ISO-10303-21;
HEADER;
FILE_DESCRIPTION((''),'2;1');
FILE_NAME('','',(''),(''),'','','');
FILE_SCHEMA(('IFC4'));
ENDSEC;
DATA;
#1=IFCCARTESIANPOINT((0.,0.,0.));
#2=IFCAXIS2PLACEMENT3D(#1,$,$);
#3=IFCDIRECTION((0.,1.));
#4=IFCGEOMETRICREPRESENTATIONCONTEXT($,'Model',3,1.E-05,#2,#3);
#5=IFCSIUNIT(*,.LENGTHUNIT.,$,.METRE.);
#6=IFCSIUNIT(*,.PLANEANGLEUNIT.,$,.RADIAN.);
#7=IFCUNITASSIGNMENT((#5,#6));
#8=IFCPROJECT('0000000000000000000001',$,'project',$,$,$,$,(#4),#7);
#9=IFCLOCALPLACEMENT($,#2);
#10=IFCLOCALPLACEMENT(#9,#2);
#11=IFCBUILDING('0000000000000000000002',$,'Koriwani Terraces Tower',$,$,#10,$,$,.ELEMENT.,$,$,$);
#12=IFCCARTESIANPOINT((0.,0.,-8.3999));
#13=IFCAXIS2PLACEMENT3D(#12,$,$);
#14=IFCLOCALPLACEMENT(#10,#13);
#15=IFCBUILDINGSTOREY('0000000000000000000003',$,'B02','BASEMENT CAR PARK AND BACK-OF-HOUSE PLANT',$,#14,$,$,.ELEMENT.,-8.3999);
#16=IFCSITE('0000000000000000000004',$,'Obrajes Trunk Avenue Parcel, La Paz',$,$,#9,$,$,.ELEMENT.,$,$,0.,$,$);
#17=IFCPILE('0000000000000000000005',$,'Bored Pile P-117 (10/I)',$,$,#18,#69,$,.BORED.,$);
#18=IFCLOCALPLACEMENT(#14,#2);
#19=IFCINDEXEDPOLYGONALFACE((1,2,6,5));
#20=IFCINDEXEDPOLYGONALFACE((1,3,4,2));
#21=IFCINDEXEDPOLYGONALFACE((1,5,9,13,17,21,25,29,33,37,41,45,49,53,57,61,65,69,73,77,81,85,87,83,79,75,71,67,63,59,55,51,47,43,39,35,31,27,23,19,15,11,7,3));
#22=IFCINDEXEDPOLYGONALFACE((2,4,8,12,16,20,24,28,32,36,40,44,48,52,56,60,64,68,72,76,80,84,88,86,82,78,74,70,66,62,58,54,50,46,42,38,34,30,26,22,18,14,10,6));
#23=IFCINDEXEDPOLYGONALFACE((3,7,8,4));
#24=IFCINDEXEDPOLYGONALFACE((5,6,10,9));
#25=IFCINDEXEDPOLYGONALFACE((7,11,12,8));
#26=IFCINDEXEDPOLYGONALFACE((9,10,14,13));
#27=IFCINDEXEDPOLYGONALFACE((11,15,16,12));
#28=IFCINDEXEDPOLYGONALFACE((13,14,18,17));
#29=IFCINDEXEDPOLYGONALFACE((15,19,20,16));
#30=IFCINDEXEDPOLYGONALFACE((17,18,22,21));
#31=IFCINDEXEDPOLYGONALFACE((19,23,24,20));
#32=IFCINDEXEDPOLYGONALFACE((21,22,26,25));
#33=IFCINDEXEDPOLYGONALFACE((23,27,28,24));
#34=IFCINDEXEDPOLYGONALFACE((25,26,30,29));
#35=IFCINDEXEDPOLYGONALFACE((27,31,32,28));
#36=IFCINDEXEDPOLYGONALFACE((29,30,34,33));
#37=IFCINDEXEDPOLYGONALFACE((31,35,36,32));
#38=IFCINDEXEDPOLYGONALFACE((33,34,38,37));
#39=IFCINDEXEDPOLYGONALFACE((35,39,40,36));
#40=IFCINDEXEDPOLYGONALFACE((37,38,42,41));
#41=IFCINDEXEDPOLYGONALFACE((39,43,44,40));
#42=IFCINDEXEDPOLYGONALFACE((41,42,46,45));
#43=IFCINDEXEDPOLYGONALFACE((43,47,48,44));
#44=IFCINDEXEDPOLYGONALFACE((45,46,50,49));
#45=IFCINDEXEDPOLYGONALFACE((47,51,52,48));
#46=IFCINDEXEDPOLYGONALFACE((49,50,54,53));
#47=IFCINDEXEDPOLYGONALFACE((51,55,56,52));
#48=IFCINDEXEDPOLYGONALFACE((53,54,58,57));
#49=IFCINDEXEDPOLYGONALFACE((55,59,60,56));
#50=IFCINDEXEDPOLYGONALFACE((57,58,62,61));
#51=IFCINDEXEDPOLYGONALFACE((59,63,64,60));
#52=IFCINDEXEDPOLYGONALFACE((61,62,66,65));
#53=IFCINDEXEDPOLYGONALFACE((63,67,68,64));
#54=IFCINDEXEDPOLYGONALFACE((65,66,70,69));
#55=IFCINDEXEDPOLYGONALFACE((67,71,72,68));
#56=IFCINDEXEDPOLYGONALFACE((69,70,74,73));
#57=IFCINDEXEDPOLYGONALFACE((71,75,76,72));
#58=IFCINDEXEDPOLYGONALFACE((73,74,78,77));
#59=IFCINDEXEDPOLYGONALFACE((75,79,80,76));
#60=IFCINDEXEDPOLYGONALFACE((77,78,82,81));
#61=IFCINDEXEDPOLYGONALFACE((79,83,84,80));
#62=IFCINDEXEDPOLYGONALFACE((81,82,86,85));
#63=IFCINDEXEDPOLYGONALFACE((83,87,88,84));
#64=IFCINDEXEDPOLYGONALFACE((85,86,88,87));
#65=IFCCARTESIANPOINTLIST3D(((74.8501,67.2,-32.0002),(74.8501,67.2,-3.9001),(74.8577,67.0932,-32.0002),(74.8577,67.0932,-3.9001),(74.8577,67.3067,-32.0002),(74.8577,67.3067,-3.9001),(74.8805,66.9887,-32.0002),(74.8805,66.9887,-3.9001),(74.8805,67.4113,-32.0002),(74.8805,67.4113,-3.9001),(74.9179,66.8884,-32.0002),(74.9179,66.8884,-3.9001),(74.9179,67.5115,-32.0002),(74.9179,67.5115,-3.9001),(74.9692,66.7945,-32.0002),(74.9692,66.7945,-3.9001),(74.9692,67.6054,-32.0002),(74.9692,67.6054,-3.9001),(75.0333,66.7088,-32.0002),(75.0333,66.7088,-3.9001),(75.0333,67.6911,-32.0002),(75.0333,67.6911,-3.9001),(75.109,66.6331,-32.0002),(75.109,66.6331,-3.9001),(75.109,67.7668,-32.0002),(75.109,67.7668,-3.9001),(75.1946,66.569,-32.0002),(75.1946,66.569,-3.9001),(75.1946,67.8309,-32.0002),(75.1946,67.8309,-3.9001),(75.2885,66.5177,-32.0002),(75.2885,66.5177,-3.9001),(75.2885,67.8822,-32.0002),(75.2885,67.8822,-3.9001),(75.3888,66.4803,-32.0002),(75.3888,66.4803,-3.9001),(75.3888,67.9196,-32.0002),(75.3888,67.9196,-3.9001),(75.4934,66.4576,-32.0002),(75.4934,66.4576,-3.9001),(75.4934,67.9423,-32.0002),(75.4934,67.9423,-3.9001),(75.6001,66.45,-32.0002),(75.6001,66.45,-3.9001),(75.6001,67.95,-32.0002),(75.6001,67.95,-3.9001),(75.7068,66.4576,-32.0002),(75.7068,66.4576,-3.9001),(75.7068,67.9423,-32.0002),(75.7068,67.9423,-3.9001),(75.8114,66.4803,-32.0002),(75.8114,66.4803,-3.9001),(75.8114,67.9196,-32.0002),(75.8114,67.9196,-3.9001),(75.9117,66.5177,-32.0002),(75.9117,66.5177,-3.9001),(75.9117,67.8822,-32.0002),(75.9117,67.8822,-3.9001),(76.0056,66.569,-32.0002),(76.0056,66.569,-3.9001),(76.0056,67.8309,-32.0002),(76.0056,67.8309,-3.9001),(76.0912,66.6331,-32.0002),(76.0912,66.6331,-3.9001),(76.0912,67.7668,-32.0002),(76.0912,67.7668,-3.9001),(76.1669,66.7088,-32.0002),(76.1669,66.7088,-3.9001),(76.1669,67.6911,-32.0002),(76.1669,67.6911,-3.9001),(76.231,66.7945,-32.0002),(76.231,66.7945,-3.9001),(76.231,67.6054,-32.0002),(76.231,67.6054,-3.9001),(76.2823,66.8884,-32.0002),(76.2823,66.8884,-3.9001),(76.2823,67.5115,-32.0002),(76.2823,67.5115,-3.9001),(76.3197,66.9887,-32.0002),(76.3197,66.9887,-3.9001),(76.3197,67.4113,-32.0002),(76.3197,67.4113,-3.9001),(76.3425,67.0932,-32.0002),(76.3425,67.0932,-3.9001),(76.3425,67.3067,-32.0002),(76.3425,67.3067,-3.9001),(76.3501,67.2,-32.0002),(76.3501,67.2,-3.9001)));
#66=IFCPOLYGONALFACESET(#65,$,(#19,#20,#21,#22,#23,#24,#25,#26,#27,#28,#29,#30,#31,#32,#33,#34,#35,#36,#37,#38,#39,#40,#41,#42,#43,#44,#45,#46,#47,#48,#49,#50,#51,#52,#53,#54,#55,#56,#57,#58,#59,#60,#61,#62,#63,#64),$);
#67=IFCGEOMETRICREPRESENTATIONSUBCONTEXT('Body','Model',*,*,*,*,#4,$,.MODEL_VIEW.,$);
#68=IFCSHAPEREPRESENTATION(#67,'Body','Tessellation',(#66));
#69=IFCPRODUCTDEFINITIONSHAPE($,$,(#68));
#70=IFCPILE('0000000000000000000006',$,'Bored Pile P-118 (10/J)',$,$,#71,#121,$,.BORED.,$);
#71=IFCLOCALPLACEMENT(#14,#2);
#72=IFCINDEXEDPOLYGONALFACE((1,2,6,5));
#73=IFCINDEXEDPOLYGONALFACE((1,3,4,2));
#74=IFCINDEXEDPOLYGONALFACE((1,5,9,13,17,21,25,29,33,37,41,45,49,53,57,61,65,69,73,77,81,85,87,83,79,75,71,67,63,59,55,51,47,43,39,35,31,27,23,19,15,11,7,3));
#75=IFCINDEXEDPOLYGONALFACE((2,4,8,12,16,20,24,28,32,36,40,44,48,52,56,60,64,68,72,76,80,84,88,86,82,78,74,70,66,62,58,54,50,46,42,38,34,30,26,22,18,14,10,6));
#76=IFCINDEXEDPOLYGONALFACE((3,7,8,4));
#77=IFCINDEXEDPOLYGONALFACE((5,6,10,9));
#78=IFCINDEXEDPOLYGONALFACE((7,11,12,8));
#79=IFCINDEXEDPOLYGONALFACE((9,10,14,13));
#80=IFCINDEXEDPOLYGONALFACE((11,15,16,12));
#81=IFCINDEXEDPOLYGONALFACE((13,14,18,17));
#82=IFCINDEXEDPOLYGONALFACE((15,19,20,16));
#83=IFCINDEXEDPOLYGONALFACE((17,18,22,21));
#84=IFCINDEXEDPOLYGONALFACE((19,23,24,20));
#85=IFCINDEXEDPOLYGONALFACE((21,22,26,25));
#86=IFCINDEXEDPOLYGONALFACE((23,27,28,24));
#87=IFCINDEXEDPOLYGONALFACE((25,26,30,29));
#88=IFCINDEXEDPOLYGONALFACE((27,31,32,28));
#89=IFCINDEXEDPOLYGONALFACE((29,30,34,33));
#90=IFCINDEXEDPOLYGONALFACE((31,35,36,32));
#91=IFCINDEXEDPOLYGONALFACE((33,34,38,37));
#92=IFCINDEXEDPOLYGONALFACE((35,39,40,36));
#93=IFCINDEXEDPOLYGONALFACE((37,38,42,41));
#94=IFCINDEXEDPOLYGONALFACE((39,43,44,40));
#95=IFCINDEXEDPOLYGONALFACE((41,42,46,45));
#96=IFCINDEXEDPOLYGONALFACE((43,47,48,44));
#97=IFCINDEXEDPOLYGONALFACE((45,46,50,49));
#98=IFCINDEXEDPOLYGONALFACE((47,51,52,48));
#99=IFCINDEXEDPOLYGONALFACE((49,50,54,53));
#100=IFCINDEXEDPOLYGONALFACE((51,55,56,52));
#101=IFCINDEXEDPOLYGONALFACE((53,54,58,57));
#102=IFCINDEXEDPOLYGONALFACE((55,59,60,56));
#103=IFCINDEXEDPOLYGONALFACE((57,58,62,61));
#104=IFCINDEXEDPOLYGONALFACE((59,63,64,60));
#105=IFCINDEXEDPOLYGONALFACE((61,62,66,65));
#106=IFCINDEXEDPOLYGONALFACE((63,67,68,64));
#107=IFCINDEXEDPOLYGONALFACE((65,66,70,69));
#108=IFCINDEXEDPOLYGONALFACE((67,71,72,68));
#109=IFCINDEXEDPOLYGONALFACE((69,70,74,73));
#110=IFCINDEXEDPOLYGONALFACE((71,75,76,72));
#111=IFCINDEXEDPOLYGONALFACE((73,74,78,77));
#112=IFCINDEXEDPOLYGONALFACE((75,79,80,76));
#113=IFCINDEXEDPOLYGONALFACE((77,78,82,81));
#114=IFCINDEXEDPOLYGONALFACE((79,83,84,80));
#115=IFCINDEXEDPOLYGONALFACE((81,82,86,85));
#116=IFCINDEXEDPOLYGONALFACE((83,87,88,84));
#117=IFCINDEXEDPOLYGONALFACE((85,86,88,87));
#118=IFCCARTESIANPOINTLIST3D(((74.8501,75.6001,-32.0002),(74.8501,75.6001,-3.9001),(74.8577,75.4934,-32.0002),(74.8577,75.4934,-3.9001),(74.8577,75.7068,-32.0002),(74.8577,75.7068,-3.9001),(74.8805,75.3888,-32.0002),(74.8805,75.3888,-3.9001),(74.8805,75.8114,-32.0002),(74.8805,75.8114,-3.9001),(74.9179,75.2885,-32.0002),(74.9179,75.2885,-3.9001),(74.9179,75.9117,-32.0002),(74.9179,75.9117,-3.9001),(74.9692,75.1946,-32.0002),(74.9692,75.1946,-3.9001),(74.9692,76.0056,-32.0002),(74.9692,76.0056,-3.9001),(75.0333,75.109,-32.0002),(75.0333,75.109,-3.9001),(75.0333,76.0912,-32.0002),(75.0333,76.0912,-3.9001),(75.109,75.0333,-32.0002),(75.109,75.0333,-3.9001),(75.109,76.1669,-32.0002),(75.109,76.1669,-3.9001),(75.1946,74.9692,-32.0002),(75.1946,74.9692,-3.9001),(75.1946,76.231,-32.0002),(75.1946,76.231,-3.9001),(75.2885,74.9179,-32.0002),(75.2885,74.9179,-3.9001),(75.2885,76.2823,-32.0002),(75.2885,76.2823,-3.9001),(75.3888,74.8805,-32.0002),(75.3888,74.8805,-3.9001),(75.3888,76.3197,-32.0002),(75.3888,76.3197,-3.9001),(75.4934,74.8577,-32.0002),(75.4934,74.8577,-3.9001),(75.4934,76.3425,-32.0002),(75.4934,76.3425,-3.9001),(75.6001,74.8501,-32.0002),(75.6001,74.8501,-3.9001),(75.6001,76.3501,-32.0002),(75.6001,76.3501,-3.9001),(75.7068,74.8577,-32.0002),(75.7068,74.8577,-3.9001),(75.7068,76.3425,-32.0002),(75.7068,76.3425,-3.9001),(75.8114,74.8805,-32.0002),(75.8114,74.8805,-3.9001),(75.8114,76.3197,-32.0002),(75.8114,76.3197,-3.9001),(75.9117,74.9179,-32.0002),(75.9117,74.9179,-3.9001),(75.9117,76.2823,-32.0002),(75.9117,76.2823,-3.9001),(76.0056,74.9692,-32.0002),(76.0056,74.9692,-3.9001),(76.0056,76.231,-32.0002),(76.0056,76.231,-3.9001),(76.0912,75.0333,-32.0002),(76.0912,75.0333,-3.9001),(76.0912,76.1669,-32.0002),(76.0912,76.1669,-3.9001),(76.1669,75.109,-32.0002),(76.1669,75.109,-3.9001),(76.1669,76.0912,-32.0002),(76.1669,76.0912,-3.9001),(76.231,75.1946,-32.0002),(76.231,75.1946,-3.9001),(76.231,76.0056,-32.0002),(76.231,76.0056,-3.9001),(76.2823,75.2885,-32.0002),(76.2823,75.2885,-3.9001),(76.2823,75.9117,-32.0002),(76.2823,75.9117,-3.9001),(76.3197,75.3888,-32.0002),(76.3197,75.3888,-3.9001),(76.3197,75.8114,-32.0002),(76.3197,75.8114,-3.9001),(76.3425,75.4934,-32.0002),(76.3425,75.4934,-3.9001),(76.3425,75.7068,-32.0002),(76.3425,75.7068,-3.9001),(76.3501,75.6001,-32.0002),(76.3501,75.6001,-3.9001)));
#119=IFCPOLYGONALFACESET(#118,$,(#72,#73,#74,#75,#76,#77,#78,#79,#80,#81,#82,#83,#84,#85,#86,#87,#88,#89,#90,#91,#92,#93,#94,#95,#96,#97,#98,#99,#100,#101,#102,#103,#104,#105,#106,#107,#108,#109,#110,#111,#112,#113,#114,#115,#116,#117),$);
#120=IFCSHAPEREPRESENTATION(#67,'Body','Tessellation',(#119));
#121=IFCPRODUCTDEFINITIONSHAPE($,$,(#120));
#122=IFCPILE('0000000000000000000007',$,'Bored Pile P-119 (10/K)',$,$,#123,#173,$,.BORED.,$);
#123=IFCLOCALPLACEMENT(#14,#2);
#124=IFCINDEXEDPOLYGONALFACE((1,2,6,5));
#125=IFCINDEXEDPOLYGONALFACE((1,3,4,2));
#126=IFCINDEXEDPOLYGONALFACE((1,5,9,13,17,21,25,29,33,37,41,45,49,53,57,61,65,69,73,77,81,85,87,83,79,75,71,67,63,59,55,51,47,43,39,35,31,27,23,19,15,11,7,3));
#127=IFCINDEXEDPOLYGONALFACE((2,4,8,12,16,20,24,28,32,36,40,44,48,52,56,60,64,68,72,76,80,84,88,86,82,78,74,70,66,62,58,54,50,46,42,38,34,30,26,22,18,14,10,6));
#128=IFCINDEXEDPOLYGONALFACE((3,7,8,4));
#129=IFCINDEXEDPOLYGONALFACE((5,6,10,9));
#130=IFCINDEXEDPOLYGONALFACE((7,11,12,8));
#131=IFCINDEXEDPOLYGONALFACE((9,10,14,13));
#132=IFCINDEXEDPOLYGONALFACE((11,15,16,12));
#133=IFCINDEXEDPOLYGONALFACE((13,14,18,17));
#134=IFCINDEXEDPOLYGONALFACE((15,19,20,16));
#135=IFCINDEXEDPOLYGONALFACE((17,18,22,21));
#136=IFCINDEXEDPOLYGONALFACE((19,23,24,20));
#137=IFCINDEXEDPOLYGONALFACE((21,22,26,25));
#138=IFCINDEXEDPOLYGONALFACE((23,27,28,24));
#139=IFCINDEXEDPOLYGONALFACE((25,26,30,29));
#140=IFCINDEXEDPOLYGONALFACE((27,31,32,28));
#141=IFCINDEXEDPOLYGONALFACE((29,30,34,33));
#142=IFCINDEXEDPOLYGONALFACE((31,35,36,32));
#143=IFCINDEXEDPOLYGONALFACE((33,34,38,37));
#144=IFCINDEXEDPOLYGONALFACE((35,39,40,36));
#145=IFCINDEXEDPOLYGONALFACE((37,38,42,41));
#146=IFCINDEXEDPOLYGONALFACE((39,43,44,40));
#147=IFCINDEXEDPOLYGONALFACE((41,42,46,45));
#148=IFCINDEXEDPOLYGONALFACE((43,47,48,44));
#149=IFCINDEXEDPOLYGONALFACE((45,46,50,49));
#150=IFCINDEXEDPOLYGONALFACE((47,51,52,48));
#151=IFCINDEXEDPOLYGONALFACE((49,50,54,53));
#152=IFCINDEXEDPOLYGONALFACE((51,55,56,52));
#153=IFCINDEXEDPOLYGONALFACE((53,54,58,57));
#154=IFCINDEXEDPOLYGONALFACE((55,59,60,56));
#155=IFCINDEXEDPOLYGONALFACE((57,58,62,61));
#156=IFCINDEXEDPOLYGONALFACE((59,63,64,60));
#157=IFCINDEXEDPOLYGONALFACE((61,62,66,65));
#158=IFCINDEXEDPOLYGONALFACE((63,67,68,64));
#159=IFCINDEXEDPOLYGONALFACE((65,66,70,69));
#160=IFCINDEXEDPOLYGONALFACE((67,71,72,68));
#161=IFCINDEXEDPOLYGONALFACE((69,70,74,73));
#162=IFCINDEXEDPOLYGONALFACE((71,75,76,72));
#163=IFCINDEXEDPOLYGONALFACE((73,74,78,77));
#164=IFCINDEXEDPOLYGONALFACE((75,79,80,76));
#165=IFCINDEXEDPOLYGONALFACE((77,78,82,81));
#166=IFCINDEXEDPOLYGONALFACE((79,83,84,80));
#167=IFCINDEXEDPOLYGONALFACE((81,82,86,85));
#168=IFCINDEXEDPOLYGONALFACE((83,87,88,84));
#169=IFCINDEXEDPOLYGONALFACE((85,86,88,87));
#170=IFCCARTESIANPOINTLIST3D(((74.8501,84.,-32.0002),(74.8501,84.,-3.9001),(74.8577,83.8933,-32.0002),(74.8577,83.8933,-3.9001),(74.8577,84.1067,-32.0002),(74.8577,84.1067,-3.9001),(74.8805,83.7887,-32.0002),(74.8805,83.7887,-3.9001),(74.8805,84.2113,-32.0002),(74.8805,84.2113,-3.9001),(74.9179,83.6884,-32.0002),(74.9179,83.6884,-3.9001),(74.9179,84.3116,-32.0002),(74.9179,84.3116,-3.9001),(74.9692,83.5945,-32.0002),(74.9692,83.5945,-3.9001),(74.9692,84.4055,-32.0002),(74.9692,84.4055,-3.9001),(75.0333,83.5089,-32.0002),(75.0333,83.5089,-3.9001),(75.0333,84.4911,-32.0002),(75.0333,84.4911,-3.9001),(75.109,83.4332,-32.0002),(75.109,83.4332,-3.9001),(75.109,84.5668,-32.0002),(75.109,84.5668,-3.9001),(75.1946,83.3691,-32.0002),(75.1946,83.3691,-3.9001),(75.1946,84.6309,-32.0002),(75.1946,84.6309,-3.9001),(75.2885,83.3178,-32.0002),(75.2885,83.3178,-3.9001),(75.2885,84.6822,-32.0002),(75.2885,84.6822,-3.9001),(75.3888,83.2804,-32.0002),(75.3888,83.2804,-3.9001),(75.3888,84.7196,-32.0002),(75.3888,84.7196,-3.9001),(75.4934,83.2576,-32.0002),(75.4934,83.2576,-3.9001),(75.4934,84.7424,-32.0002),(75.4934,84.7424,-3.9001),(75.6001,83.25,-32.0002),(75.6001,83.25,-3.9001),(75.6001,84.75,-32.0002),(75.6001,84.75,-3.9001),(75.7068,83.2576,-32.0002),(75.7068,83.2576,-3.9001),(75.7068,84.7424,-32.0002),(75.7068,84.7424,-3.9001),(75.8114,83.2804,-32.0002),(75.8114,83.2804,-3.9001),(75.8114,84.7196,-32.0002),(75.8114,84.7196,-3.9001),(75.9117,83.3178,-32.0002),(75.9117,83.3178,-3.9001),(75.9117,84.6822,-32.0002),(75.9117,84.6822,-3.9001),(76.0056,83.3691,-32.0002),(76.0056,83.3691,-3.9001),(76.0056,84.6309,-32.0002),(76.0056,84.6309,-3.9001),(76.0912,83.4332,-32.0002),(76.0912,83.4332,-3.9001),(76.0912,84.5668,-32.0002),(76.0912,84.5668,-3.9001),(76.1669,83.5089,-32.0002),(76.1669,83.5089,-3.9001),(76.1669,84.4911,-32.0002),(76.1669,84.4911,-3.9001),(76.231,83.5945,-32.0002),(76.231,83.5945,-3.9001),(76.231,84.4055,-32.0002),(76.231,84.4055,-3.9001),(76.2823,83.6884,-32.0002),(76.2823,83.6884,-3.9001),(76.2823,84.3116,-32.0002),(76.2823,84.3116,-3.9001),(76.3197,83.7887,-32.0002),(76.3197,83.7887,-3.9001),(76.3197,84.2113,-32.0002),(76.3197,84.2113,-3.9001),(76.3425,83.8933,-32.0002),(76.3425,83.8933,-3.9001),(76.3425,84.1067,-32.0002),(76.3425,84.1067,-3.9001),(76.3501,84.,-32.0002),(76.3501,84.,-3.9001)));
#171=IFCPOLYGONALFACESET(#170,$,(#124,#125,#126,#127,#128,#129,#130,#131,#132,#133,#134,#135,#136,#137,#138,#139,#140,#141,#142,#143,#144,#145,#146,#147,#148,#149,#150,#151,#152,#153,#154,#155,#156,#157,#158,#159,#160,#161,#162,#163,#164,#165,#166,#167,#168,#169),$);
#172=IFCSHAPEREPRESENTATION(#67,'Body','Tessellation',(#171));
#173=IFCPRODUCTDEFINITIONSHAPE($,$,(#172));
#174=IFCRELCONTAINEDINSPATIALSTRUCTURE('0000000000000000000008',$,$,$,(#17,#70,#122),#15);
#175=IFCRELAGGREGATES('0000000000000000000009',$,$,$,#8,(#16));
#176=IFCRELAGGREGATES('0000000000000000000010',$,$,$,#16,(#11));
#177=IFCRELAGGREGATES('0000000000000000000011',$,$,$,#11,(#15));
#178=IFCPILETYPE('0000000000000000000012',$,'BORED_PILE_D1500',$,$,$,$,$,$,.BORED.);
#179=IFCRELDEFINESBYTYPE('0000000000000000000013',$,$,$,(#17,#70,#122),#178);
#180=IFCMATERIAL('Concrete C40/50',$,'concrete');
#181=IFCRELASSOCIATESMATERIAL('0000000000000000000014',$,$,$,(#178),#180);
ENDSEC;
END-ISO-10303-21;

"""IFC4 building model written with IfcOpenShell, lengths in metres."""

from ifc_helpers import new_model, si_unit, direction, frame, origin, origin_2d, place, context, subcontext, project, spatial, circle, extrude, material, material_profile, profile_set, type_object, element, save


model = new_model("IFC4")

# Units and contexts
model_context = context("Model", 3, precision=1e-05, world=origin(), true_north=direction((0.0, 1.0)))
body_context = subcontext(model_context, "Body", "Model", "MODEL_VIEW")
ifc_project = project(units=[si_unit("LENGTHUNIT", "METRE"), si_unit("PLANEANGLEUNIT", "RADIAN")], contexts=[model_context])

# Site, building, storey
site_placement = place(None, origin())
site = spatial("IfcSite", under=ifc_project, at=site_placement, Name="Obrajes Trunk Avenue Parcel, La Paz", CompositionType="ELEMENT", RefElevation=0.0)
building_placement = place(site_placement, origin())
building = spatial("IfcBuilding", under=site, at=building_placement, Name="Koriwani Terraces Tower", CompositionType="ELEMENT")
storey_placement = place(building_placement, frame((0.0, 0.0, -8.3999)))
storey = spatial("IfcBuildingStorey", under=building, at=storey_placement, Name="B02", Description="BASEMENT CAR PARK AND BACK-OF-HOUSE PLANT", CompositionType="ELEMENT", Elevation=-8.3999)

# Piles
ifc_material_1 = material(Name="Concrete C40/50", Category="concrete")
ifc_material_profile_1 = material_profile(ifc_material_1, circle(Radius=0.75, at=origin_2d()), Name="Concrete C40/50")
ifc_profile_set_1 = profile_set([ifc_material_profile_1], Name="Concrete C40/50")
pile_type = type_object("IfcPileType", Name="BORED_PILE_D1500", PredefinedType="BORED", material=ifc_profile_set_1)
for number, where, z_axis, x_axis, name in (
    (1, (75.6001, 67.2, -3.9001), (0.0, 0.0, -1.0), (1.0, 0.0, 0.0), "Bored Pile P-117 (10/I)"),
    (2, (75.6001, 75.6001, -3.9001), (0.0, 0.0, -1.0), (1.0, 0.0, 0.0), "Bored Pile P-118 (10/J)"),
    (3, (75.6001, 84.0, -3.9001), (0.0, 0.0, -1.0), (1.0, 0.0, 0.0), "Bored Pile P-119 (10/K)"),
):
    element("IfcPile", number, at=place(storey_placement, frame(where, z_axis=z_axis, x_axis=x_axis)), inside=storey, type_object=pile_type, Name=name, PredefinedType="BORED", context=body_context, shape_type="SweptSolid", body=[
        extrude(circle(Radius=0.75, at=origin_2d()), origin(), (0.0, 0.0, 1.0), 28.1001),
    ])

save(model, "model.ifc")
